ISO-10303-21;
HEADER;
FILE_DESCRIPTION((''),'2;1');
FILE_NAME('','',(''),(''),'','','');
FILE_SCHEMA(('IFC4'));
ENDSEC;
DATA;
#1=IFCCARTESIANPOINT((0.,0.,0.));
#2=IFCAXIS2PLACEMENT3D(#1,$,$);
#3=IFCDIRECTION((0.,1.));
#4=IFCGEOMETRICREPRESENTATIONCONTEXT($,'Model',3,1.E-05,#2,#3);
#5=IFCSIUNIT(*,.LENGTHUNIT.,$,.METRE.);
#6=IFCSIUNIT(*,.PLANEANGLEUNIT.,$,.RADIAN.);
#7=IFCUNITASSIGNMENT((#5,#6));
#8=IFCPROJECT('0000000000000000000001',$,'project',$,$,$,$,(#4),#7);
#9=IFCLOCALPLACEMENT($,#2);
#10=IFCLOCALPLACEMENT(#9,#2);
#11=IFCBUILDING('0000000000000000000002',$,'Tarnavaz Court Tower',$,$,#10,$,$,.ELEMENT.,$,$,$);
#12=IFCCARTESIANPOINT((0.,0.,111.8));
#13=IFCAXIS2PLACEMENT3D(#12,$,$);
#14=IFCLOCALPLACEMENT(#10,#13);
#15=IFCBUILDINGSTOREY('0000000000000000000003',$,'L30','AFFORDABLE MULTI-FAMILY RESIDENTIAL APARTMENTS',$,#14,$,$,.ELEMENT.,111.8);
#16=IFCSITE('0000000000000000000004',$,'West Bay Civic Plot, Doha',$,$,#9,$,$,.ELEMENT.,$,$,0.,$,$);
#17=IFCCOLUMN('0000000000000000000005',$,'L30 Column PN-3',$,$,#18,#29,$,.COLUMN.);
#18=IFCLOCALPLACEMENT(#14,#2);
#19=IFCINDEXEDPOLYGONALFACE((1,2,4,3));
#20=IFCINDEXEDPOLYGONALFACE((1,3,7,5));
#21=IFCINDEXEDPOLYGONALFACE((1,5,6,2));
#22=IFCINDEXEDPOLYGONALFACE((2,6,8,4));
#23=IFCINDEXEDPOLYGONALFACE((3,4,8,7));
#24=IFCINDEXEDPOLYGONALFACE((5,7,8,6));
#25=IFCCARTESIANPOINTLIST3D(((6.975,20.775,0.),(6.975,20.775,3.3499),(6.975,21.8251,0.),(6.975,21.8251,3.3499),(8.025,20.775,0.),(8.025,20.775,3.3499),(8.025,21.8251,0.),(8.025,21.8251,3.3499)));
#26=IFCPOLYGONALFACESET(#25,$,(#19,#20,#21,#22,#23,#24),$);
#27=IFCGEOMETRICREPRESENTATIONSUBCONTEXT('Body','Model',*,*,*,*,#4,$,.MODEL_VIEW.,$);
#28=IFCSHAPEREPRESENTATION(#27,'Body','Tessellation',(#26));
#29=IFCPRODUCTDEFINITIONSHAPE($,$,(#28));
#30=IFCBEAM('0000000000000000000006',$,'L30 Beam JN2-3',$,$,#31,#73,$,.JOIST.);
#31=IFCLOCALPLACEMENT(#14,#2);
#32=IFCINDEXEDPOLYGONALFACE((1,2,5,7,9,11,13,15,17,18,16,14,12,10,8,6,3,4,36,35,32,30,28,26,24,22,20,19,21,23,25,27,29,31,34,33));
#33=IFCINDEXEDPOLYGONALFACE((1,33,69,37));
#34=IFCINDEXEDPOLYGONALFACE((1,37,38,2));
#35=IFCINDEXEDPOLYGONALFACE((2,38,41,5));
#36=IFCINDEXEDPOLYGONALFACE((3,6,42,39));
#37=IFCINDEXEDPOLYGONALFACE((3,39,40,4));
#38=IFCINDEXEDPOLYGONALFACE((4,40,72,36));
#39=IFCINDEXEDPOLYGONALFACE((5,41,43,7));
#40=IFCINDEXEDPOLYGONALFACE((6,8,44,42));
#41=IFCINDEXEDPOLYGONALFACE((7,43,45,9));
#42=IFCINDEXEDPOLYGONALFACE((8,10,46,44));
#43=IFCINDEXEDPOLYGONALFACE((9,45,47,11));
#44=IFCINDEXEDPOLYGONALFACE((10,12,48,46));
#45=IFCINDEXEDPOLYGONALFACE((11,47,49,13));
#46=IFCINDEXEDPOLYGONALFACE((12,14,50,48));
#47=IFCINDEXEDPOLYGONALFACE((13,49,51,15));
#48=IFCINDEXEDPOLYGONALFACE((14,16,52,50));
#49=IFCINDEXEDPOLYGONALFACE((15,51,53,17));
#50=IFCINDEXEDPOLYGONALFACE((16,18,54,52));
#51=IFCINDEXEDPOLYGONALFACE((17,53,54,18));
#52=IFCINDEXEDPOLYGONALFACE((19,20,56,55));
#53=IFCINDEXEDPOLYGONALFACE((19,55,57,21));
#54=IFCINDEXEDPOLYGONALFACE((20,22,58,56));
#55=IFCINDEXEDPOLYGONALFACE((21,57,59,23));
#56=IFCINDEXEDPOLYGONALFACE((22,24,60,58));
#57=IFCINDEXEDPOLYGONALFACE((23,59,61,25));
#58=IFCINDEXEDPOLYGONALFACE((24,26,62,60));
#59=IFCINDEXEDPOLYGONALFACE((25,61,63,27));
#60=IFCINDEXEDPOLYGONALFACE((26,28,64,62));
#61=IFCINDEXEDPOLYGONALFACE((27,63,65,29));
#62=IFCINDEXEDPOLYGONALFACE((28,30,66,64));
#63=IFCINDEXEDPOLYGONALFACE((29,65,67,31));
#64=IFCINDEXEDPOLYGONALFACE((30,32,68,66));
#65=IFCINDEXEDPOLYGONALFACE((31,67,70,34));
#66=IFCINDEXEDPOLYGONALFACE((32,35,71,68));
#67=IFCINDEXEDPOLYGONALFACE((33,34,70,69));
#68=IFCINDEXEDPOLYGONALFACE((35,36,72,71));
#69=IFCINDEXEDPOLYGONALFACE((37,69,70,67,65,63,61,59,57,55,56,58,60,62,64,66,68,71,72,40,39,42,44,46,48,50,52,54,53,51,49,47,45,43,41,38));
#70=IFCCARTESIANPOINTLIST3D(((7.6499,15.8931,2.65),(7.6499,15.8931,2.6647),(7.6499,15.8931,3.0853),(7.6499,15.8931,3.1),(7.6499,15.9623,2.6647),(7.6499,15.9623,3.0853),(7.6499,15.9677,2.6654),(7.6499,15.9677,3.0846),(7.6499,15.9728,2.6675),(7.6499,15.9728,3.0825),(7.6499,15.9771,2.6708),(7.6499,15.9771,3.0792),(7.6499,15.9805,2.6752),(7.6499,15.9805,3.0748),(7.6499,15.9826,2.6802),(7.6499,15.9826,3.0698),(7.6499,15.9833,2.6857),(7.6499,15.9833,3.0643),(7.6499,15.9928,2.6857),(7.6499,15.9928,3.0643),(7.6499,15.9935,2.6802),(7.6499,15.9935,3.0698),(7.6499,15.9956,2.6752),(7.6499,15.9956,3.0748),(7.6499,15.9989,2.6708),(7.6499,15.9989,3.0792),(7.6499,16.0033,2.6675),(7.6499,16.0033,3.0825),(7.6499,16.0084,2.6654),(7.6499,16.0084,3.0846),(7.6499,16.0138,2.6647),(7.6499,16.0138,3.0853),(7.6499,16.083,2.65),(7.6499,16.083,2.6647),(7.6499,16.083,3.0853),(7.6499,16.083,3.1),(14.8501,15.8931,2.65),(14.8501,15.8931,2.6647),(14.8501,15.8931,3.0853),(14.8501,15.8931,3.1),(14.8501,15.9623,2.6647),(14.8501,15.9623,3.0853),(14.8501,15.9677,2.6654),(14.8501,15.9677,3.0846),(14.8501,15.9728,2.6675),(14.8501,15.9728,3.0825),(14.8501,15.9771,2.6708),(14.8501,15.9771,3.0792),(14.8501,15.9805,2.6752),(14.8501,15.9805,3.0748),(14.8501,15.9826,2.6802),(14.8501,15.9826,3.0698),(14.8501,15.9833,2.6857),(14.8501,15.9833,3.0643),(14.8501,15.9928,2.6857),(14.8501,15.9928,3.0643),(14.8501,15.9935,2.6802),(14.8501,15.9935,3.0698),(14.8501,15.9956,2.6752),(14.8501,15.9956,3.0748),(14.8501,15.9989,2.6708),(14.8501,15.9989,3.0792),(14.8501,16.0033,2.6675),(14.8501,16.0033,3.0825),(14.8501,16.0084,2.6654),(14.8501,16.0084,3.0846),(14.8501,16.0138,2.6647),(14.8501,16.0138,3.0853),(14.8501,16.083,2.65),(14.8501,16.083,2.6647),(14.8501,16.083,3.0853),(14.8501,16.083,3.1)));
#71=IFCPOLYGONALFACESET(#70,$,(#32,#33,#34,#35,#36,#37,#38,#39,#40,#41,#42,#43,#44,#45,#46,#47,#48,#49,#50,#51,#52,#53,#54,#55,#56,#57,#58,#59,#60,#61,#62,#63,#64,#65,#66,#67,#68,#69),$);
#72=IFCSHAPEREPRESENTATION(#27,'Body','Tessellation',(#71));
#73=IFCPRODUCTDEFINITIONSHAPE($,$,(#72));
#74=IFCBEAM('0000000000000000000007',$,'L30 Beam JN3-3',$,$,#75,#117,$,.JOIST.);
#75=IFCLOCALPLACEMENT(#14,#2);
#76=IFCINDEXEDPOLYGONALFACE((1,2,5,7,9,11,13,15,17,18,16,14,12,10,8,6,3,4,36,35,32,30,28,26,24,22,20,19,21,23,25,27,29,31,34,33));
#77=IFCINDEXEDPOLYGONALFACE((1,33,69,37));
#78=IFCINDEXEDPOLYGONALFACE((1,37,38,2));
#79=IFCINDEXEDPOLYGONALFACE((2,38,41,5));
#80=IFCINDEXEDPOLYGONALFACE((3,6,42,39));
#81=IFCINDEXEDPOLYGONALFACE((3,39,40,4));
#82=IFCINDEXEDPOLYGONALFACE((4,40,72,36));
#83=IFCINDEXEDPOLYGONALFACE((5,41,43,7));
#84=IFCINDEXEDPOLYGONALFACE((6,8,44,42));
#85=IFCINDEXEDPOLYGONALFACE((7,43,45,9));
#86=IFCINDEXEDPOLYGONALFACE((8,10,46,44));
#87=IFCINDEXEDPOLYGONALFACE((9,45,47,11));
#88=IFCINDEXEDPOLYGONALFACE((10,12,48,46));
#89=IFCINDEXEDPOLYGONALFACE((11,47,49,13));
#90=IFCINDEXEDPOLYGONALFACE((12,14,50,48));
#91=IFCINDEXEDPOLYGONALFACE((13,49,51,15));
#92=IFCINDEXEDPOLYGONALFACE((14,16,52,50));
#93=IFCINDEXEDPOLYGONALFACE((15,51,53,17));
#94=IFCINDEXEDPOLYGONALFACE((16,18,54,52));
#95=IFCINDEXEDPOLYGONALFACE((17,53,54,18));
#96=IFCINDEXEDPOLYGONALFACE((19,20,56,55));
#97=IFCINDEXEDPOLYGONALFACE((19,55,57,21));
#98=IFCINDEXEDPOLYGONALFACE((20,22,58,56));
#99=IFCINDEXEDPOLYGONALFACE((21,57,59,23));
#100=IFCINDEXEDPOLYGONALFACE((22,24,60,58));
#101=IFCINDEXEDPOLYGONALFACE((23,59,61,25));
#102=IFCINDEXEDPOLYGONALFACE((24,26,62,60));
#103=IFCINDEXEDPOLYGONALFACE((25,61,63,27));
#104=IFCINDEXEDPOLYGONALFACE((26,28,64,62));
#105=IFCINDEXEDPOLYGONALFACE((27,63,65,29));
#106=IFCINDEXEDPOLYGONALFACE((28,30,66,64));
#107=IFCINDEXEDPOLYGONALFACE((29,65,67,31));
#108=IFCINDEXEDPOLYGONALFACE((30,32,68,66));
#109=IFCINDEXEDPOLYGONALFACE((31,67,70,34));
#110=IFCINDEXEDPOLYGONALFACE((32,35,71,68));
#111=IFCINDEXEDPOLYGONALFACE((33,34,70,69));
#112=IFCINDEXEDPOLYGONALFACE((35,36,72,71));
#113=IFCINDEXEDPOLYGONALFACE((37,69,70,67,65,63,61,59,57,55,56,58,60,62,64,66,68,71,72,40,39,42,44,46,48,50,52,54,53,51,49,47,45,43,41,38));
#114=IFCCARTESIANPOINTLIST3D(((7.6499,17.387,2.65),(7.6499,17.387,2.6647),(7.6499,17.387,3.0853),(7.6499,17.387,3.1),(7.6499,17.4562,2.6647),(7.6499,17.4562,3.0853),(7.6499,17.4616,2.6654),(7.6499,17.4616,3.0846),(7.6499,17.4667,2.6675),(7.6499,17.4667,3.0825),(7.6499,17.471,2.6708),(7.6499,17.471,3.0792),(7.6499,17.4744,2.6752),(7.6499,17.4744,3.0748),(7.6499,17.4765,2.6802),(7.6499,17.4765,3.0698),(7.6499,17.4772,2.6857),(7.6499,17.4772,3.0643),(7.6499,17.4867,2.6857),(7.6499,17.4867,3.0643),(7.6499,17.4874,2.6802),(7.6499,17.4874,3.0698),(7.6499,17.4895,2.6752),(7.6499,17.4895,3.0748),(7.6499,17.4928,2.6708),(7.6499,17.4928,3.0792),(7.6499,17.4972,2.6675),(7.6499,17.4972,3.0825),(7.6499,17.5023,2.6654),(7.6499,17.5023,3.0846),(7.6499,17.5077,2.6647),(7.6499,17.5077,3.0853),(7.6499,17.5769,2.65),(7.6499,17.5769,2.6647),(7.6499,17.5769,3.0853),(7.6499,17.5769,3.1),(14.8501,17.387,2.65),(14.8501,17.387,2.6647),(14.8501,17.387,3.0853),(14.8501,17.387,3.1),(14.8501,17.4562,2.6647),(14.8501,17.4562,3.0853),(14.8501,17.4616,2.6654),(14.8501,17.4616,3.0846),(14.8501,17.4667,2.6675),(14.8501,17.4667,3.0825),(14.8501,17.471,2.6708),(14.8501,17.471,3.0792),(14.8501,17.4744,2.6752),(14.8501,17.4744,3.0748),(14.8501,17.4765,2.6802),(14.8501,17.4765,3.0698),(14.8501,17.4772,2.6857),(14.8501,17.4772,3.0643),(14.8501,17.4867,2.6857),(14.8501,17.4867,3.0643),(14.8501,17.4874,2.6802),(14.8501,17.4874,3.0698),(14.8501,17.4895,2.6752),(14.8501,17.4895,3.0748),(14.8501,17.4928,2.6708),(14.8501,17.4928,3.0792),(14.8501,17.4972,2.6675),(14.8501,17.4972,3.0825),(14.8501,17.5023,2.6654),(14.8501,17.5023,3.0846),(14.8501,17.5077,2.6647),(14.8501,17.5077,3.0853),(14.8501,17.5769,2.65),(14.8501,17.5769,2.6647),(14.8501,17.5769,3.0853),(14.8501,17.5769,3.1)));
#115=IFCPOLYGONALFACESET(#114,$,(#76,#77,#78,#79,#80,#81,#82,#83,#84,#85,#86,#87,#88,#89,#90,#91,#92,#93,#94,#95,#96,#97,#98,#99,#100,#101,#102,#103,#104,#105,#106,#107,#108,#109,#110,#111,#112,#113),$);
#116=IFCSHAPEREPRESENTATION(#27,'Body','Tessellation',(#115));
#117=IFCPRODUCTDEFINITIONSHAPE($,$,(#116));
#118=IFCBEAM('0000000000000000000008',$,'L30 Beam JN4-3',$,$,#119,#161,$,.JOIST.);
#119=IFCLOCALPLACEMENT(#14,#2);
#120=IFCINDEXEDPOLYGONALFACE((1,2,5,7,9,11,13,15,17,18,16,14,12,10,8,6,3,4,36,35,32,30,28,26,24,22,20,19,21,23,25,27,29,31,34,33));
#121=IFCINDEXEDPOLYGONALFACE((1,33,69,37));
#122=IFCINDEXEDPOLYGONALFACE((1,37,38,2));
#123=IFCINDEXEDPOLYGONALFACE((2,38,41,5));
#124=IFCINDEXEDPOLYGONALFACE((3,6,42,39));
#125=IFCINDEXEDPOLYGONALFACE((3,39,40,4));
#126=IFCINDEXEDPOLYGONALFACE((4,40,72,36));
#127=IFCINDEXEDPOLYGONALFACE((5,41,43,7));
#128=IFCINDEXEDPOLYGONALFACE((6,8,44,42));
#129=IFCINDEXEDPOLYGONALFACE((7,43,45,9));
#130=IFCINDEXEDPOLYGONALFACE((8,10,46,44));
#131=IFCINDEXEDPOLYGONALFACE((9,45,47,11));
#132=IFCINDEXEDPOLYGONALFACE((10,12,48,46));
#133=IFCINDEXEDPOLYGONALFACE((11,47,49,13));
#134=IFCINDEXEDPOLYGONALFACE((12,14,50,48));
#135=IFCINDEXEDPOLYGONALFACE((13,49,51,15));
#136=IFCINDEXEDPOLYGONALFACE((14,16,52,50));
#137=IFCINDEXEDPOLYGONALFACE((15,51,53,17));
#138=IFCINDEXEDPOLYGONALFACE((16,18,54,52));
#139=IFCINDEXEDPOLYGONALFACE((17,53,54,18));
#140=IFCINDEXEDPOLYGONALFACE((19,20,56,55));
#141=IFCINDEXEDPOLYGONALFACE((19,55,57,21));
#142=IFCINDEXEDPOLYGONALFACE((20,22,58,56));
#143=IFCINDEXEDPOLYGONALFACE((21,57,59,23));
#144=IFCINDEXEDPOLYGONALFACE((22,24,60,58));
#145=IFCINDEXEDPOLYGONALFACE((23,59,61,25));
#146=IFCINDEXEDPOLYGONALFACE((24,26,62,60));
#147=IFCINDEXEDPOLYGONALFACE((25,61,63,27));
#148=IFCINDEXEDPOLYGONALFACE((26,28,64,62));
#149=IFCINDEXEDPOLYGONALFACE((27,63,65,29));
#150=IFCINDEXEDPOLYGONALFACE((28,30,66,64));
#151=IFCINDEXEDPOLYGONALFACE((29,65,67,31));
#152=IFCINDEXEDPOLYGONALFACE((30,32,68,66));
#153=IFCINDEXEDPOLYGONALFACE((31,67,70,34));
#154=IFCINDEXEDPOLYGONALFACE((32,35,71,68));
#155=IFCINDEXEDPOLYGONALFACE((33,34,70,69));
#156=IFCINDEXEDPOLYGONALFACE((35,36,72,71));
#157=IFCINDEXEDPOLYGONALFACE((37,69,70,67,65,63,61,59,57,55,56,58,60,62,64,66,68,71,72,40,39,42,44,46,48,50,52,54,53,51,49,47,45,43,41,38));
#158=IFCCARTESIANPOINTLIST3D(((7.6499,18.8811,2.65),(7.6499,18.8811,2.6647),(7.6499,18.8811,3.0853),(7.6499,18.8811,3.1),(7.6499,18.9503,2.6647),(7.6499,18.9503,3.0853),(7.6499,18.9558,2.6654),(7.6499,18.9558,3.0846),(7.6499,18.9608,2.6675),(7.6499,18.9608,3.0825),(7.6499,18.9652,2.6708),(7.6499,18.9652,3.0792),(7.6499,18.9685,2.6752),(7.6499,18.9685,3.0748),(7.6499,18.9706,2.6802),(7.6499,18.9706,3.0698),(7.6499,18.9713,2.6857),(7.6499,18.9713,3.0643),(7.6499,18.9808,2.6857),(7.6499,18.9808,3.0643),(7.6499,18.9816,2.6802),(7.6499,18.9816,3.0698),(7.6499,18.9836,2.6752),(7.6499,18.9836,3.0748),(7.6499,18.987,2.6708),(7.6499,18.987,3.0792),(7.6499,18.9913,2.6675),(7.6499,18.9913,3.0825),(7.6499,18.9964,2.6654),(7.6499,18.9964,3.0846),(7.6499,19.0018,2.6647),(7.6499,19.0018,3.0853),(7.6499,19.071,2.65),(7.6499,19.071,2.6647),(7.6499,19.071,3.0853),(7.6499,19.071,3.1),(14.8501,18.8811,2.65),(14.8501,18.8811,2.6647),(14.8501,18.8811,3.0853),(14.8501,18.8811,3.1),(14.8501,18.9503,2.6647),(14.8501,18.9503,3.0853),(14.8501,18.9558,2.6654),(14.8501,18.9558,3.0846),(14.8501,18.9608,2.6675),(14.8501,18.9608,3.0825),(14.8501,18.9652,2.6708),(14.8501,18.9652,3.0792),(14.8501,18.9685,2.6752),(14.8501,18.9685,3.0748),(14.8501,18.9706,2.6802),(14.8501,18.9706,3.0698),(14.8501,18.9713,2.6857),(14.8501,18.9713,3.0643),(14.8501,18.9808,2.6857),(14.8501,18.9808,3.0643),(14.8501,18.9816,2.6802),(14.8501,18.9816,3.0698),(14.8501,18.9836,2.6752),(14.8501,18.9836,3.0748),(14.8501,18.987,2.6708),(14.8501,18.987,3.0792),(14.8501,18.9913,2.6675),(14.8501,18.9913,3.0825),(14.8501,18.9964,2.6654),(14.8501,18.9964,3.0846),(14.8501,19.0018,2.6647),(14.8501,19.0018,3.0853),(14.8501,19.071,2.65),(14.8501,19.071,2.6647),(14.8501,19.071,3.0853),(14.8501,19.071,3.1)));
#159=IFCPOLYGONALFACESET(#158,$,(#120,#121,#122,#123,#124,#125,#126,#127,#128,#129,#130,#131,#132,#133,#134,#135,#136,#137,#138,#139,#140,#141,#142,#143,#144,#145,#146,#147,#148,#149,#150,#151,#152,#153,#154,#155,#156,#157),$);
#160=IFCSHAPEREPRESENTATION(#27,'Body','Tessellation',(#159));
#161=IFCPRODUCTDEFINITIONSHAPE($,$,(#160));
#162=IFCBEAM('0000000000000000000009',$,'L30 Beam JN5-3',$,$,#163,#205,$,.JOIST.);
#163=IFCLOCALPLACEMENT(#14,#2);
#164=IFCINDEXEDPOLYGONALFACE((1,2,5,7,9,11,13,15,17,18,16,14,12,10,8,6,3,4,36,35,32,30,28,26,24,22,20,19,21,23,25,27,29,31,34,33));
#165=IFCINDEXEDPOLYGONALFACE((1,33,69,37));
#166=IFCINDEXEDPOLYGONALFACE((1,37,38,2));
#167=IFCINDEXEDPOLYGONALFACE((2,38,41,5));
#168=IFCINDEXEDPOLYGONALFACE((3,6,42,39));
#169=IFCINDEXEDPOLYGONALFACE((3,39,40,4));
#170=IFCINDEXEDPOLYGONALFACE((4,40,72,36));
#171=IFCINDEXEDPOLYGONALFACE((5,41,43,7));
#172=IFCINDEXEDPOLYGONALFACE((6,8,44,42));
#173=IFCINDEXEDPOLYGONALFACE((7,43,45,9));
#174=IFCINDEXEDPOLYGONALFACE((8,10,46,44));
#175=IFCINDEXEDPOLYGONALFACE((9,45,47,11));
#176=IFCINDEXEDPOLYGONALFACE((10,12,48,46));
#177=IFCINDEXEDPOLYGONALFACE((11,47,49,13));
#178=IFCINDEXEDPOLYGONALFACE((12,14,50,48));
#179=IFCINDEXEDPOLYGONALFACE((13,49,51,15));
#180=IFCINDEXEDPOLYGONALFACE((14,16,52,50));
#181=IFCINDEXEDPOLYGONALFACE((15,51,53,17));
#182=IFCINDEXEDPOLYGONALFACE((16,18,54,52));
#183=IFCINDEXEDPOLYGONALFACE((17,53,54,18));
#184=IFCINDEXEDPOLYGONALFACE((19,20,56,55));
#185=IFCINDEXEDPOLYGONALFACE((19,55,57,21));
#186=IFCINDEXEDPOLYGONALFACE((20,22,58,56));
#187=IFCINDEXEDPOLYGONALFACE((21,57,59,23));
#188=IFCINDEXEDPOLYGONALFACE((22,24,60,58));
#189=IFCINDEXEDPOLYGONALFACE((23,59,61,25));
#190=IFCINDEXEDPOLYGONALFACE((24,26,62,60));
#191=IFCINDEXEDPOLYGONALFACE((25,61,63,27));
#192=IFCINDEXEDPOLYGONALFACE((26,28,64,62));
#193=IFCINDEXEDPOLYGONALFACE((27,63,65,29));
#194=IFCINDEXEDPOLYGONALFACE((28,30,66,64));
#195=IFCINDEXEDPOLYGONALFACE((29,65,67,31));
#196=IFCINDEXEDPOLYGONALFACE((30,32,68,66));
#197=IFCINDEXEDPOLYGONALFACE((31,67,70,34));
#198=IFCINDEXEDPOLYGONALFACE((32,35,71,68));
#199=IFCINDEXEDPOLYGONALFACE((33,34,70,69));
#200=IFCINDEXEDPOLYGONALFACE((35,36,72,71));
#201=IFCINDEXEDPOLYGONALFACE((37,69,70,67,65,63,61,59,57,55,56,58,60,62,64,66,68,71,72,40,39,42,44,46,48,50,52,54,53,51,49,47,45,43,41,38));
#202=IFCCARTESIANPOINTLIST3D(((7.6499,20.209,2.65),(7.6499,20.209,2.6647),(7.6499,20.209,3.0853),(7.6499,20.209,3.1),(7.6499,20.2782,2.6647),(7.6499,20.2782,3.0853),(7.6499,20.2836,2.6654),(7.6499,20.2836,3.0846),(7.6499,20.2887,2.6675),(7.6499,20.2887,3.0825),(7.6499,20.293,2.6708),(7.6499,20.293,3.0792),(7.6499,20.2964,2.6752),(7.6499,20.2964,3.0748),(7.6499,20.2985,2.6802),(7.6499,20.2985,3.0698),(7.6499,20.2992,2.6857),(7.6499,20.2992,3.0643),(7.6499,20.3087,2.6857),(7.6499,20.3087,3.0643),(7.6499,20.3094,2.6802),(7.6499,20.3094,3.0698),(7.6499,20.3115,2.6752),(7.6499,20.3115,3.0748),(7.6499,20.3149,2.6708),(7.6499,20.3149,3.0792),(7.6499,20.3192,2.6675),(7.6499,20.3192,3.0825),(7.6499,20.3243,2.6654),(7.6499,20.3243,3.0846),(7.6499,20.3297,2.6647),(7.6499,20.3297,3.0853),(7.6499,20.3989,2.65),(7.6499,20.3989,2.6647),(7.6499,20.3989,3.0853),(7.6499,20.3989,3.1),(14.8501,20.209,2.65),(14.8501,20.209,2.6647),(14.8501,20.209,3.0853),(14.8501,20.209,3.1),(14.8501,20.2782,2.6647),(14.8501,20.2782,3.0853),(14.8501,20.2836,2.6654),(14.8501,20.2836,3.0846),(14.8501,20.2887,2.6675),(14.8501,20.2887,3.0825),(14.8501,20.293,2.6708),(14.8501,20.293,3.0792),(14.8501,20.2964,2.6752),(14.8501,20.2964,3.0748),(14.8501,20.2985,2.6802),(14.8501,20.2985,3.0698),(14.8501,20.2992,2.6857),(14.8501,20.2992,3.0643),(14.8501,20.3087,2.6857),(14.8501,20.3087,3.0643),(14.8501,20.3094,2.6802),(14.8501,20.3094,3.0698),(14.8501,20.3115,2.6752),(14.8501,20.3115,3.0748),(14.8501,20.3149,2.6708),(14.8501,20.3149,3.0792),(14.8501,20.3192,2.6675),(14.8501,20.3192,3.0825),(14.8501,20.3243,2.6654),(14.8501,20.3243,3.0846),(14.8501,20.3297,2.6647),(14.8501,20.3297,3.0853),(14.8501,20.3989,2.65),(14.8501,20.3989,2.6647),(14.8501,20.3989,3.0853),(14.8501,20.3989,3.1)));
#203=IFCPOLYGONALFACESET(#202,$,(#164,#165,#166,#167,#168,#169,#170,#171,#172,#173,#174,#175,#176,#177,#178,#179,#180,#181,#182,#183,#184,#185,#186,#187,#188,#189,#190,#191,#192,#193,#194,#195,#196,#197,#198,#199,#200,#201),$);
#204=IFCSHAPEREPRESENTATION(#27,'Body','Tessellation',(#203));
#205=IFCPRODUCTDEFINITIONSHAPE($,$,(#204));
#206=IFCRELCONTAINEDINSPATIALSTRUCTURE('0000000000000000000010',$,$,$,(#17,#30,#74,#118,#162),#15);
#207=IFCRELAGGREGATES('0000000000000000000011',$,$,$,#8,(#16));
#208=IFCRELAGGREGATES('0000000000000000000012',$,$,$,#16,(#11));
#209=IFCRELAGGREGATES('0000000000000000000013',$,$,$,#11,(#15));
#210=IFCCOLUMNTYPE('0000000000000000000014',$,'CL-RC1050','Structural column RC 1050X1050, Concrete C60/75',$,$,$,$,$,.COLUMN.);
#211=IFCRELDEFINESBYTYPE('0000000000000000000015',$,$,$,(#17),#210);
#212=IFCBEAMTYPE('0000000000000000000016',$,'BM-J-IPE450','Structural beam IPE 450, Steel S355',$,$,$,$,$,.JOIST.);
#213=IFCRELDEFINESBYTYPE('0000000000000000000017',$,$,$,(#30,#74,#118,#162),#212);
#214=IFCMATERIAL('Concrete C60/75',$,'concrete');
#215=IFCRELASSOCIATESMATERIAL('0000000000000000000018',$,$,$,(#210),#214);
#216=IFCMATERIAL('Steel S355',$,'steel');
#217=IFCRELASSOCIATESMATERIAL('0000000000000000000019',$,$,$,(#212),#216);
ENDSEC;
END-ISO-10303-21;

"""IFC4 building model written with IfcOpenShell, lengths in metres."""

from ifc_helpers import new_model, si_unit, direction, frame, origin, origin_2d, place, context, subcontext, project, spatial, rectangle, i_section, extrude, material, material_profile, profile_set, type_object, element, save


model = new_model("IFC4")

# Units and contexts
model_context = context("Model", 3, precision=1e-05, world=origin(), true_north=direction((0.0, 1.0)))
body_context = subcontext(model_context, "Body", "Model", "MODEL_VIEW")
ifc_project = project(units=[si_unit("LENGTHUNIT", "METRE"), si_unit("PLANEANGLEUNIT", "RADIAN")], contexts=[model_context])

# Site, building, storey
site_placement = place(None, origin())
site = spatial("IfcSite", under=ifc_project, at=site_placement, Name="West Bay Civic Plot, Doha", CompositionType="ELEMENT", RefElevation=0.0)
building_placement = place(site_placement, origin())
building = spatial("IfcBuilding", under=site, at=building_placement, Name="Tarnavaz Court Tower", CompositionType="ELEMENT")
storey_placement = place(building_placement, frame((0.0, 0.0, 111.8)))
storey = spatial("IfcBuildingStorey", under=building, at=storey_placement, Name="L30", Description="AFFORDABLE MULTI-FAMILY RESIDENTIAL APARTMENTS", CompositionType="ELEMENT", Elevation=111.8)

# Column
ifc_material_1 = material(Name="Concrete C60/75", Category="concrete")
ifc_material_profile_1 = material_profile(ifc_material_1, rectangle(XDim=1.05, YDim=1.05, at=origin_2d()), Name="RC 1050X1050")
ifc_profile_set_1 = profile_set([ifc_material_profile_1], Name="Concrete C60/75")
column_type = type_object("IfcColumnType", Name="CL-RC1050", Description="Structural column RC 1050X1050, Concrete C60/75", PredefinedType="COLUMN", material=ifc_profile_set_1)
column_placement = place(storey_placement, frame((7.5, 21.3, 0.0), z_axis=(0.0, 0.0, 1.0), x_axis=(1.0, 0.0, 0.0)))
element("IfcColumn", 1, at=column_placement, inside=storey, type_object=column_type, Name="L30 Column PN-3", PredefinedType="COLUMN", context=body_context, shape_type="SweptSolid", body=[
    extrude(rectangle(XDim=1.05, YDim=1.05, at=origin_2d()), origin(), (0.0, 0.0, 1.0), 3.3499),
])

# Beams
ifc_material_2 = material(Name="Steel S355", Category="steel")
ifc_material_profile_2 = material_profile(ifc_material_2, i_section(OverallWidth=0.1899, OverallDepth=0.45, WebThickness=0.0095, FlangeThickness=0.0146, FilletRadius=0.021, at=origin_2d()), Name="IPE 450")
ifc_profile_set_2 = profile_set([ifc_material_profile_2], Name="Steel S355")
beam_type_1 = type_object("IfcBeamType", Name="BM-J-IPE450", Description="Structural beam IPE 450, Steel S355", PredefinedType="JOIST", material=ifc_profile_set_2)
for number, where, z_axis, x_axis, name in (
    (2, (7.6499, 15.988, 2.875), (1.0, 0.0, 0.0), (0.0, 1.0, 0.0), "L30 Beam JN2-3"),
    (3, (7.6499, 17.4819, 2.875), (1.0, 0.0, 0.0), (0.0, 1.0, 0.0), "L30 Beam JN3-3"),
    (4, (7.6499, 18.9761, 2.875), (1.0, 0.0, 0.0), (0.0, 1.0, 0.0), "L30 Beam JN4-3"),
    (5, (7.6499, 20.304, 2.875), (1.0, 0.0, 0.0), (0.0, 1.0, 0.0), "L30 Beam JN5-3"),
):
    element("IfcBeam", number, at=place(storey_placement, frame(where, z_axis=z_axis, x_axis=x_axis)), inside=storey, type_object=beam_type_1, Name=name, PredefinedType="JOIST", context=body_context, shape_type="SweptSolid", body=[
        extrude(i_section(OverallWidth=0.1899, OverallDepth=0.45, WebThickness=0.0095, FlangeThickness=0.0146, FilletRadius=0.021, at=origin_2d()), origin(), (0.0, 0.0, 1.0), 7.2002),
    ])

save(model, "model.ifc")
